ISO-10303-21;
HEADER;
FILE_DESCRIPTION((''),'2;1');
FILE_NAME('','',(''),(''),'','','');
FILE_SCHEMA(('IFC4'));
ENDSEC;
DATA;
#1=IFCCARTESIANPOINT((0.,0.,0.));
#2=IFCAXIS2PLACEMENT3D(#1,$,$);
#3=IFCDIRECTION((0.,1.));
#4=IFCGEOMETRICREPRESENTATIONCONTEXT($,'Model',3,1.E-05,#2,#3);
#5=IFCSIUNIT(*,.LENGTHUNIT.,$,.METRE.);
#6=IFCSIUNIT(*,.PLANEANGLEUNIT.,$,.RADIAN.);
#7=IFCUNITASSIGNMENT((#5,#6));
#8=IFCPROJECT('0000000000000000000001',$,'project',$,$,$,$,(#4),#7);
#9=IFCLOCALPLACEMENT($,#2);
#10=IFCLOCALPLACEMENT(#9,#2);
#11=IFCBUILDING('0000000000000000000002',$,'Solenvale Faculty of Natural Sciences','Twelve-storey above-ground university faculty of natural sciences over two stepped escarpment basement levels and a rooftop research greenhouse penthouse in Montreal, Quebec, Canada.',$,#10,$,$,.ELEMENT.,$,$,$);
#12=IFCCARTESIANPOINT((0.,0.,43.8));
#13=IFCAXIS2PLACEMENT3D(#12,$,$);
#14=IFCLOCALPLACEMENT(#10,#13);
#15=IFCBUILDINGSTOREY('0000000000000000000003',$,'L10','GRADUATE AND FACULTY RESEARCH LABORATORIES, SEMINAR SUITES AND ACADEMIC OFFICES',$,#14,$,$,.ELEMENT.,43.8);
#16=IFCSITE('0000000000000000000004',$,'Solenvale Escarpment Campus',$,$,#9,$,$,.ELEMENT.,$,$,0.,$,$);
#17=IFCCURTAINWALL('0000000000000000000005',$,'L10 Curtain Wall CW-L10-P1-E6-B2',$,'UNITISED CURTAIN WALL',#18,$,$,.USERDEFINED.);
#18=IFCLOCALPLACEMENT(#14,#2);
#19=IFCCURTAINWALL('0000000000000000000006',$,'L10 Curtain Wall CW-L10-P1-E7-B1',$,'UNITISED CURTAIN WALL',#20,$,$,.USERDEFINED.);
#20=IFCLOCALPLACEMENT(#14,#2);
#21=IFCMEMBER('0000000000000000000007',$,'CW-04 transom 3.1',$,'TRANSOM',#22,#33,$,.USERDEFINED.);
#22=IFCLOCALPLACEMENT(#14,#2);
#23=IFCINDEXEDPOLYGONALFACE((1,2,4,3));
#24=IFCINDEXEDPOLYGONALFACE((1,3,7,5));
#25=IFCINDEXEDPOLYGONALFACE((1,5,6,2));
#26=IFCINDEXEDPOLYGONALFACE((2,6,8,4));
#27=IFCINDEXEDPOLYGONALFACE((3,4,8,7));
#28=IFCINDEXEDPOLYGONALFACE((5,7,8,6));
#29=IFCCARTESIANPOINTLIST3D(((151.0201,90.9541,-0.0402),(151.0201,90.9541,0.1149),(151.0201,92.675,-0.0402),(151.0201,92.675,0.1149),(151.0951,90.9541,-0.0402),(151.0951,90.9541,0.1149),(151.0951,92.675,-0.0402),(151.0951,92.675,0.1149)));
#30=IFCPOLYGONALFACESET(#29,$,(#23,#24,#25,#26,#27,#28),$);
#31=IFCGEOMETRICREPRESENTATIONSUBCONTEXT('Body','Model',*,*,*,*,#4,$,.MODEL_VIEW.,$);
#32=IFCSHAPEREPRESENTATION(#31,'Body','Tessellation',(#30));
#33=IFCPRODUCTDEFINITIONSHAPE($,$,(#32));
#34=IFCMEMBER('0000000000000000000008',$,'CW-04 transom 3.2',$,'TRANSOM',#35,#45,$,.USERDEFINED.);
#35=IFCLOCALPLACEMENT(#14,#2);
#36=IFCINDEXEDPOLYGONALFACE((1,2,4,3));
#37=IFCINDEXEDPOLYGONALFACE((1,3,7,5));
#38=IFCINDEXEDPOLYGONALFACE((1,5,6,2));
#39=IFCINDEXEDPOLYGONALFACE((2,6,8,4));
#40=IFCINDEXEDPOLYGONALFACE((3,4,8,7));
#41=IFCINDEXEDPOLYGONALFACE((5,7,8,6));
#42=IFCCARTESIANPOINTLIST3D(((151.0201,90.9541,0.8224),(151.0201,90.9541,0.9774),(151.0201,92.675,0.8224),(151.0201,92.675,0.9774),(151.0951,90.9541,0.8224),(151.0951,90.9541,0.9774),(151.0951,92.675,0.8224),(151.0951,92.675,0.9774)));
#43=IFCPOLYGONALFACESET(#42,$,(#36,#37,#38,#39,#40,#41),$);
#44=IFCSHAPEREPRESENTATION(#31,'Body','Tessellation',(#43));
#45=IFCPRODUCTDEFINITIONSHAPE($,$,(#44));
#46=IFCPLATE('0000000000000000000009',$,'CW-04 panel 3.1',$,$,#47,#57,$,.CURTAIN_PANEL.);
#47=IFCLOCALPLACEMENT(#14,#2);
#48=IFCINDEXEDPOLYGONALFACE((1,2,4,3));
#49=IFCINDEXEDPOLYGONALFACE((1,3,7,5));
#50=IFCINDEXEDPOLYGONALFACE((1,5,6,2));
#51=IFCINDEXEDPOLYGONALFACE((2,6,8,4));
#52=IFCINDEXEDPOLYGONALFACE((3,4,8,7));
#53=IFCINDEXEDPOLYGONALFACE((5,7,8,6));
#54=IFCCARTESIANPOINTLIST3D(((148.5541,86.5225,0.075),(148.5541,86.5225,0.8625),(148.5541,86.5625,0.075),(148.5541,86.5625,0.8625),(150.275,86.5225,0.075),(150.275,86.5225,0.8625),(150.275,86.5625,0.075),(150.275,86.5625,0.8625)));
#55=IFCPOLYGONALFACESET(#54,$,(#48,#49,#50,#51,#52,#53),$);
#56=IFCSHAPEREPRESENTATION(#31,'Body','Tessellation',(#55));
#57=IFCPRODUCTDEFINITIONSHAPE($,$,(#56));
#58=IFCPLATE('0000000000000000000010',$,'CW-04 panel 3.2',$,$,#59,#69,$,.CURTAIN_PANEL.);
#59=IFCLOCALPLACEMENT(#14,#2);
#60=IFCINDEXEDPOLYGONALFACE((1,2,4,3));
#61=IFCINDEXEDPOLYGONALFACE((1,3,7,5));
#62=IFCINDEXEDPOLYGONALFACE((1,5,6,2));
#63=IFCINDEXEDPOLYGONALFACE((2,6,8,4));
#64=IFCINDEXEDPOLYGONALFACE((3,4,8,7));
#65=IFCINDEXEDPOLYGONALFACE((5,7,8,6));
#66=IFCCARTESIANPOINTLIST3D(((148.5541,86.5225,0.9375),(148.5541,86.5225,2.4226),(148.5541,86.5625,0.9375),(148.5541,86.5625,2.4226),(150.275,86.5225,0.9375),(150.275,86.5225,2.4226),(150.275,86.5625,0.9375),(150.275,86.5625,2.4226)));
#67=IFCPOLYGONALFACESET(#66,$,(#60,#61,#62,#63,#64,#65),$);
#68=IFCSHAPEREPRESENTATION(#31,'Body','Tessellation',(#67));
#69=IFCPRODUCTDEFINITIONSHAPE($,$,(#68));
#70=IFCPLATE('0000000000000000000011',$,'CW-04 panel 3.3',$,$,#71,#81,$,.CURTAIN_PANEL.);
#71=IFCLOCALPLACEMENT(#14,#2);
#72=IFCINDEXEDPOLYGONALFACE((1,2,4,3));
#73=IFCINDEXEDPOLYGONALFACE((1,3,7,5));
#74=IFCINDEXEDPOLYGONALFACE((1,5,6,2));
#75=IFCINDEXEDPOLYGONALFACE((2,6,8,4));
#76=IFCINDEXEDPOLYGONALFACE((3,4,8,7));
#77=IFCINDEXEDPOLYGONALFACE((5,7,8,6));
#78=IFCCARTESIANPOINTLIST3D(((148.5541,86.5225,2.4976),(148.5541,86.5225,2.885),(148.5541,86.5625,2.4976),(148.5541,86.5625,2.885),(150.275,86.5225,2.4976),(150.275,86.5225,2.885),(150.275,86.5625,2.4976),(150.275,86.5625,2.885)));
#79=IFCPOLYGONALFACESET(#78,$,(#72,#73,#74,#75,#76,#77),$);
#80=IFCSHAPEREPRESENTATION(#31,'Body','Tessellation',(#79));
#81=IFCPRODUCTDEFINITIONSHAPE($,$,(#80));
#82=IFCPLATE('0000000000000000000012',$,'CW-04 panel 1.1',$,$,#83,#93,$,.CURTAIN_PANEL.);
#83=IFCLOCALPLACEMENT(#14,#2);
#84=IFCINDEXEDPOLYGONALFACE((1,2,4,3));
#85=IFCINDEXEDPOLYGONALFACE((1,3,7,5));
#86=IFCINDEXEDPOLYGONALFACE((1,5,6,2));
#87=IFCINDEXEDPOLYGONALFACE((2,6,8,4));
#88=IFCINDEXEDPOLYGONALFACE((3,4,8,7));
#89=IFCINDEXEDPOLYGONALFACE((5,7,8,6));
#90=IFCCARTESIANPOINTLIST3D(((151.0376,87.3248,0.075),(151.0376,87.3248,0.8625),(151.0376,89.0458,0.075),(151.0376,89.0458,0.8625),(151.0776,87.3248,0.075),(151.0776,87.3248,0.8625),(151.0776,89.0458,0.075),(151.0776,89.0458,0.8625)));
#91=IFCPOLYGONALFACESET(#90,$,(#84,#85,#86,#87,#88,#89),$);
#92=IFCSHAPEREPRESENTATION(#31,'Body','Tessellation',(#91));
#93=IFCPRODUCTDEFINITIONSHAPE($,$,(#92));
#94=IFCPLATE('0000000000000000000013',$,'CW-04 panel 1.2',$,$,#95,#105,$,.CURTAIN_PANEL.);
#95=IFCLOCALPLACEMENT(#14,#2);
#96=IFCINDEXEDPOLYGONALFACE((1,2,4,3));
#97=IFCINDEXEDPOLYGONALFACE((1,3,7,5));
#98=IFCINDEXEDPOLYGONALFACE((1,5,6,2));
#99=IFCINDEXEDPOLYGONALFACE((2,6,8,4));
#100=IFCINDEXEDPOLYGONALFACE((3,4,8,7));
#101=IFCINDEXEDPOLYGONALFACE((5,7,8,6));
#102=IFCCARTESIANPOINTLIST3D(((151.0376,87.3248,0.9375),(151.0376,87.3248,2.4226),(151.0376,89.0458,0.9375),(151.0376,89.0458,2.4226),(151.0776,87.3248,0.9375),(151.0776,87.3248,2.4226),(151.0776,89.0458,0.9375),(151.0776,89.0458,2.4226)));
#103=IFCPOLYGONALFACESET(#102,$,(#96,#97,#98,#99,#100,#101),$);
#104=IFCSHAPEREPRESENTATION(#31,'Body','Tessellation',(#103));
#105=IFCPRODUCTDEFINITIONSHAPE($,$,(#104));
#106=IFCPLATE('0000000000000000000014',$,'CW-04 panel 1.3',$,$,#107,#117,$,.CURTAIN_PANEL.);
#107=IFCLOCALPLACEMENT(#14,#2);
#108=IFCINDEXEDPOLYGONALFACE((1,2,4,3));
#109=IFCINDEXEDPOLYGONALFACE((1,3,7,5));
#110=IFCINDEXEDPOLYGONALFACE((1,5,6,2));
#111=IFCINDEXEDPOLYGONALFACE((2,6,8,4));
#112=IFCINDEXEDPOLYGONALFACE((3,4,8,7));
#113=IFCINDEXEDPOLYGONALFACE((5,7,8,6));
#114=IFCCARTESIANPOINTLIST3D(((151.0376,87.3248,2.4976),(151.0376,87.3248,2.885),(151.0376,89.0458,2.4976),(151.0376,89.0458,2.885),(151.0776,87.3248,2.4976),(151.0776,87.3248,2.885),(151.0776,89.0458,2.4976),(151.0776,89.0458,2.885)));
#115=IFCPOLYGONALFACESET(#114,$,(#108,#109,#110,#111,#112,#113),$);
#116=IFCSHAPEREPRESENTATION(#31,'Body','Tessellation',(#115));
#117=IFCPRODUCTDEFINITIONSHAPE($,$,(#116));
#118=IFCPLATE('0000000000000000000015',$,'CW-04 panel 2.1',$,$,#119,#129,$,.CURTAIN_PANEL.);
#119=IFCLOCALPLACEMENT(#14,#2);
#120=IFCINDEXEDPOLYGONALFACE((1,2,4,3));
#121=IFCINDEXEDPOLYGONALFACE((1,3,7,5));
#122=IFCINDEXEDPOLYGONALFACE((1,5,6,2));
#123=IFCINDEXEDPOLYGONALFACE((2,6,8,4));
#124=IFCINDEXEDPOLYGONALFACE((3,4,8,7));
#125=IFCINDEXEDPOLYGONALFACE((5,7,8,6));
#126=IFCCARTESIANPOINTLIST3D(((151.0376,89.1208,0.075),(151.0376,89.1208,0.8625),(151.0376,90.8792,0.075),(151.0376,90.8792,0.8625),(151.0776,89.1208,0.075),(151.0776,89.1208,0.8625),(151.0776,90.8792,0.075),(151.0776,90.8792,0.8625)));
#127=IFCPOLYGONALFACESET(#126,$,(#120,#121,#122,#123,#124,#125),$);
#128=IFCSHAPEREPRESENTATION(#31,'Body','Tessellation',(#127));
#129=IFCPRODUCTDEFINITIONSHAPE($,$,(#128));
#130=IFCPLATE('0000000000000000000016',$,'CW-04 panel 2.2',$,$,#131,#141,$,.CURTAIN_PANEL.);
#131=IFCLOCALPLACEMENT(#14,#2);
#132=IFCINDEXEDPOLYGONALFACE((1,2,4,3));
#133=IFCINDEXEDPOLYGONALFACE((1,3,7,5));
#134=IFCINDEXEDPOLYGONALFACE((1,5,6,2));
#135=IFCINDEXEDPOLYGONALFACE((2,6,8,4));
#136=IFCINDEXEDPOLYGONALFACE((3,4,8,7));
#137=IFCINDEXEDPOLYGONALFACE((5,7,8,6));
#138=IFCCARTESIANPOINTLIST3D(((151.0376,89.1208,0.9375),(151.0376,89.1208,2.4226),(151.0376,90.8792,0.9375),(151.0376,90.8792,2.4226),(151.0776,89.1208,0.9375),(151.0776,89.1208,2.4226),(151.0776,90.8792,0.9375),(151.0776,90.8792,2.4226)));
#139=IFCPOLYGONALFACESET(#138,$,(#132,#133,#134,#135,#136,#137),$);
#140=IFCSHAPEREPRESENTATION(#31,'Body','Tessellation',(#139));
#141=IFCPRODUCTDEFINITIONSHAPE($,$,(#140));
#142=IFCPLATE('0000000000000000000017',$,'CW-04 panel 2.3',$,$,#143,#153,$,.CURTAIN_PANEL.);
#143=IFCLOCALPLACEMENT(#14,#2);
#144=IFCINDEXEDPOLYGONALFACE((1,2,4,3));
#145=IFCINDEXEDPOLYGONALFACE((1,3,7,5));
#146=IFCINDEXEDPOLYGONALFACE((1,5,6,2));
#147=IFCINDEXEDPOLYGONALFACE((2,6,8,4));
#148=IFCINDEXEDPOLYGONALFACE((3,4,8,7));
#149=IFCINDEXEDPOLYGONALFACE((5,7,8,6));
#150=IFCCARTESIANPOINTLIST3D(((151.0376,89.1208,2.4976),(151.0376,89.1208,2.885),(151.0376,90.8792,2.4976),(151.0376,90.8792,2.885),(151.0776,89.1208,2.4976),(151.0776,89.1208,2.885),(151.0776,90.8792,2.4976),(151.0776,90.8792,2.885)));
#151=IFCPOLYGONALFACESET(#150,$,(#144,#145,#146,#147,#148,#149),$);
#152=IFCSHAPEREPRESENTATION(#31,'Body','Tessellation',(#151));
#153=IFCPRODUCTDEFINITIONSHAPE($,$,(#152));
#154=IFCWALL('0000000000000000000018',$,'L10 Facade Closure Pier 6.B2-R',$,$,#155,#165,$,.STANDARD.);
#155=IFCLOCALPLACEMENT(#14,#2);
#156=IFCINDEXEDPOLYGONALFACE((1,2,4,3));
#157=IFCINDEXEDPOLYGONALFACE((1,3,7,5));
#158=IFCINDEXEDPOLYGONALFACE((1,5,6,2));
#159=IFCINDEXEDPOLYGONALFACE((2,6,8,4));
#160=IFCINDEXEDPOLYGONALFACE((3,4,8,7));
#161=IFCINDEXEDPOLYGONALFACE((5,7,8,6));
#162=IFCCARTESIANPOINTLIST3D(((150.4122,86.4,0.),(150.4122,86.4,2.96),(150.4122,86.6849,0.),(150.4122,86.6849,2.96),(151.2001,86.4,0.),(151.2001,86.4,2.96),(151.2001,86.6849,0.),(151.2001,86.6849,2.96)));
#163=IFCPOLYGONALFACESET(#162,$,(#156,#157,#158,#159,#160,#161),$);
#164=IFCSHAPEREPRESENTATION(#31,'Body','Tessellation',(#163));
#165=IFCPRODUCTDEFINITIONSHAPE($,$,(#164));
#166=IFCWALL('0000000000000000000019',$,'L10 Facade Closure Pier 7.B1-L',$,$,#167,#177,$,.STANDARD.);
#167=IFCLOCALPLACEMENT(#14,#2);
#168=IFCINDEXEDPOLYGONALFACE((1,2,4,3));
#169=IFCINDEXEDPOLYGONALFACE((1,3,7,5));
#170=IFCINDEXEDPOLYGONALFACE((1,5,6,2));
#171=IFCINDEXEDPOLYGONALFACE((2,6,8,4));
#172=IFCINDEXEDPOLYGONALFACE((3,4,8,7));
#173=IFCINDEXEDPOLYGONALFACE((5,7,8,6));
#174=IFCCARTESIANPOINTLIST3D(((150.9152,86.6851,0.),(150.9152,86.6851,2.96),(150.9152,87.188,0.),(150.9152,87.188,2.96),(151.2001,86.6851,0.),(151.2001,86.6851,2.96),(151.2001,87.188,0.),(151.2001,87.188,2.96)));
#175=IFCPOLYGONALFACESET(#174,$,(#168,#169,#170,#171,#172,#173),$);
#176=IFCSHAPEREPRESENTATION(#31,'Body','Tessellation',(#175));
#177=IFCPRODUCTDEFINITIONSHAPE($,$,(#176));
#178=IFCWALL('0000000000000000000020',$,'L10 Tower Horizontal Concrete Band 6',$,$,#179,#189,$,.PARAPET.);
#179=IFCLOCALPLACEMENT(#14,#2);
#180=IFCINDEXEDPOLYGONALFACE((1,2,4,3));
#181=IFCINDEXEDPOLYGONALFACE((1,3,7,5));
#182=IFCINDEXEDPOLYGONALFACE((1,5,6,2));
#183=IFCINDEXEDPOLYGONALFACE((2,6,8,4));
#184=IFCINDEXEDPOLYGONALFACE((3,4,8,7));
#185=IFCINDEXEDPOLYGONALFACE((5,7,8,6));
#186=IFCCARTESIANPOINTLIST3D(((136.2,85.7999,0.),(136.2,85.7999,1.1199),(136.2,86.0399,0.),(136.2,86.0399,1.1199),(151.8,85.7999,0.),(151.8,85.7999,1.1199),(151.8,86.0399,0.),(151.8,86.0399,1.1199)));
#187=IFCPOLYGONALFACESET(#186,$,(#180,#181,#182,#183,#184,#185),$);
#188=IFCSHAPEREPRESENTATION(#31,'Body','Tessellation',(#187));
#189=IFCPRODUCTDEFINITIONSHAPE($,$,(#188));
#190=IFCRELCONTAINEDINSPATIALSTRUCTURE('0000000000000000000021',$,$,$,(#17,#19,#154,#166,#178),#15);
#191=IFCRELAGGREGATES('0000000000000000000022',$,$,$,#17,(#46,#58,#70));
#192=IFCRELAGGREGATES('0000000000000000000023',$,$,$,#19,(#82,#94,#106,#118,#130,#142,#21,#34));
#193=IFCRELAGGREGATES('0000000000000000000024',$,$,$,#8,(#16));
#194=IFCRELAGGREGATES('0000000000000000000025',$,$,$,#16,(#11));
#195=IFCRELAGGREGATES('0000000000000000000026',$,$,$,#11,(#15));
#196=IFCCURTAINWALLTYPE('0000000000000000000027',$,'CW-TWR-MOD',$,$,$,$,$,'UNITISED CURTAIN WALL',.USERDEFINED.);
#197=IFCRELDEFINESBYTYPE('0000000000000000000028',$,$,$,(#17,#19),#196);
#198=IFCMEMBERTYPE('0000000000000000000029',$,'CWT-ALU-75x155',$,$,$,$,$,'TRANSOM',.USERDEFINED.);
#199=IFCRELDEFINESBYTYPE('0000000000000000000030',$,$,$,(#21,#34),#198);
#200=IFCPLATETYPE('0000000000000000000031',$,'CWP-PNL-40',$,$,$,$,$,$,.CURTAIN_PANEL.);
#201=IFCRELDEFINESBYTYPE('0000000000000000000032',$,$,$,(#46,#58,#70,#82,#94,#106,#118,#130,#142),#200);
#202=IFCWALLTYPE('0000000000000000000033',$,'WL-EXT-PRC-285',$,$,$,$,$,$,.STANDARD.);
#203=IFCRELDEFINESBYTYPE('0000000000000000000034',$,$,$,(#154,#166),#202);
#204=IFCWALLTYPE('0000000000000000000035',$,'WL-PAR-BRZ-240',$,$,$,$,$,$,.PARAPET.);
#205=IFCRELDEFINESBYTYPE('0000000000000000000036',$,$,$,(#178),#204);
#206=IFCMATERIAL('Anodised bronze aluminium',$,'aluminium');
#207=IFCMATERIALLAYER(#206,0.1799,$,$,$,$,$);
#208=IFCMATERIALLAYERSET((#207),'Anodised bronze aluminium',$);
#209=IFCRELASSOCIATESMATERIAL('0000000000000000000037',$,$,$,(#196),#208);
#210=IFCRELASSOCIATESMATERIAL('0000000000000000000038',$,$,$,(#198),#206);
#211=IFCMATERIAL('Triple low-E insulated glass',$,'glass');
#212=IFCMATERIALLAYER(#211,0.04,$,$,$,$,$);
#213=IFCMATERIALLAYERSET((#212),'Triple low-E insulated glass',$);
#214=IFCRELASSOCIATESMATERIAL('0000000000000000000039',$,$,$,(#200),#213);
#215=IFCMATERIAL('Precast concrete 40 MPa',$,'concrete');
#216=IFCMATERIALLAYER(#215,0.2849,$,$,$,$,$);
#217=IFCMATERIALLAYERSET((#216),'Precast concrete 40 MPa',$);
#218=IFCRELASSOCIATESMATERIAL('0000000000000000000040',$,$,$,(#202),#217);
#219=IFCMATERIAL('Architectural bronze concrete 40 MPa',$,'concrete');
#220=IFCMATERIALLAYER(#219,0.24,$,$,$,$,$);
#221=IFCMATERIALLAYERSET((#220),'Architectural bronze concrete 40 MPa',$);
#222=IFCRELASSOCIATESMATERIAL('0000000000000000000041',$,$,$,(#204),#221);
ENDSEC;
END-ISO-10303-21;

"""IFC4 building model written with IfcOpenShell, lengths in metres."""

from ifc_helpers import new_model, si_unit, direction, frame, frame_2d, origin, origin_2d, place, context, subcontext, project, spatial, rectangle, extrude, material, layer, layer_set, material_profile, profile_set, type_object, element, aggregate, save


model = new_model("IFC4")

# Units and contexts
model_context = context("Model", 3, precision=1e-05, world=origin(), true_north=direction((0.0, 1.0)))
body_context = subcontext(model_context, "Body", "Model", "MODEL_VIEW")
ifc_project = project(units=[si_unit("LENGTHUNIT", "METRE"), si_unit("PLANEANGLEUNIT", "RADIAN")], contexts=[model_context])

# Site, building, storey
site_placement = place(None, origin())
site = spatial("IfcSite", under=ifc_project, at=site_placement, Name="Solenvale Escarpment Campus", CompositionType="ELEMENT", RefElevation=0.0)
building_placement = place(site_placement, origin())
building = spatial("IfcBuilding", under=site, at=building_placement, Name="Solenvale Faculty of Natural Sciences", Description="Twelve-storey above-ground university faculty of natural sciences over two stepped escarpment basement levels and a rooftop research greenhouse penthouse in Montreal, Quebec, Canada.", CompositionType="ELEMENT")
storey_placement = place(building_placement, frame((0.0, 0.0, 43.8)))
storey = spatial("IfcBuildingStorey", under=building, at=storey_placement, Name="L10", Description="GRADUATE AND FACULTY RESEARCH LABORATORIES, SEMINAR SUITES AND ACADEMIC OFFICES", CompositionType="ELEMENT", Elevation=43.8)

# Curtain wall
ifc_material_1 = material(Name="Anodised bronze aluminium", Category="aluminium")
ifc_layer_1 = layer(ifc_material_1, 0.1799)
ifc_layer_set_1 = layer_set([ifc_layer_1], Name="Anodised bronze aluminium")
curtain_wall_type = type_object("IfcCurtainWallType", Name="CW-TWR-MOD", ElementType="UNITISED CURTAIN WALL", PredefinedType="USERDEFINED", material=ifc_layer_set_1)
curtain_wall_1_placement = place(storey_placement, origin())
curtain_wall_1 = element("IfcCurtainWall", 1, at=curtain_wall_1_placement, inside=storey, type_object=curtain_wall_type, Name="L10 Curtain Wall CW-L10-P1-E6-B2", ObjectType="UNITISED CURTAIN WALL", PredefinedType="USERDEFINED")

# Curtain wall, members
curtain_wall_2_placement = place(storey_placement, origin())
curtain_wall_2 = element("IfcCurtainWall", 2, at=curtain_wall_2_placement, inside=storey, type_object=curtain_wall_type, Name="L10 Curtain Wall CW-L10-P1-E7-B1", ObjectType="UNITISED CURTAIN WALL", PredefinedType="USERDEFINED")
ifc_material_profile_1 = material_profile(ifc_material_1, rectangle(XDim=0.075, YDim=0.155, at=origin_2d()), Name="ALU-TRN-75x155")
ifc_profile_set_1 = profile_set([ifc_material_profile_1], Name="Anodised bronze aluminium")
member_type_1 = type_object("IfcMemberType", Name="CWT-ALU-75x155", ElementType="TRANSOM", PredefinedType="USERDEFINED", material=ifc_profile_set_1)
member_1_placement = place(storey_placement, frame((151.0576, 90.9541, 0.0374), z_axis=(0.0, 1.0, 0.0), x_axis=(-1.0, 0.0, 0.0)))
member_1 = element("IfcMember", 3, at=member_1_placement, type_object=member_type_1, Name="CW-04 transom 3.1", ObjectType="TRANSOM", PredefinedType="USERDEFINED", context=body_context, shape_type="SweptSolid", body=[
    extrude(rectangle(XDim=0.075, YDim=0.155, at=origin_2d()), origin(), (0.0, 0.0, 1.0), 1.7209),
])
member_2_placement = place(storey_placement, frame((151.0576, 90.9541, 0.8999), z_axis=(0.0, 1.0, 0.0), x_axis=(-1.0, 0.0, 0.0)))
member_2 = element("IfcMember", 4, at=member_2_placement, type_object=member_type_1, Name="CW-04 transom 3.2", ObjectType="TRANSOM", PredefinedType="USERDEFINED", context=body_context, shape_type="SweptSolid", body=[
    extrude(rectangle(XDim=0.075, YDim=0.155, at=origin_2d()), origin(), (0.0, 0.0, 1.0), 1.7209),
])

# Plates
ifc_material_2 = material(Name="Triple low-E insulated glass", Category="glass")
ifc_layer_2 = layer(ifc_material_2, 0.04)
ifc_layer_set_2 = layer_set([ifc_layer_2], Name="Triple low-E insulated glass")
plate_type = type_object("IfcPlateType", Name="CWP-PNL-40", PredefinedType="CURTAIN_PANEL", material=ifc_layer_set_2)
plate_1_placement = place(storey_placement, frame((149.4146, 86.5425, 0.075), z_axis=(0.0, 0.0, 1.0), x_axis=(1.0, 0.0, 0.0)))
plate_1 = element("IfcPlate", 5, at=plate_1_placement, type_object=plate_type, Name="CW-04 panel 3.1", PredefinedType="CURTAIN_PANEL", context=body_context, shape_type="SweptSolid", body=[
    extrude(rectangle(XDim=1.7209, YDim=0.04, at=origin_2d()), origin(), (0.0, 0.0, 1.0), 0.7876),
])
plate_2_placement = place(storey_placement, frame((149.4146, 86.5425, 0.9375), z_axis=(0.0, 0.0, 1.0), x_axis=(1.0, 0.0, 0.0)))
plate_2 = element("IfcPlate", 6, at=plate_2_placement, type_object=plate_type, Name="CW-04 panel 3.2", PredefinedType="CURTAIN_PANEL", context=body_context, shape_type="SweptSolid", body=[
    extrude(rectangle(XDim=1.7209, YDim=0.04, at=origin_2d()), origin(), (0.0, 0.0, 1.0), 1.4851),
])
plate_3_placement = place(storey_placement, frame((149.4146, 86.5425, 2.4976), z_axis=(0.0, 0.0, 1.0), x_axis=(1.0, 0.0, 0.0)))
plate_3 = element("IfcPlate", 7, at=plate_3_placement, type_object=plate_type, Name="CW-04 panel 3.3", PredefinedType="CURTAIN_PANEL", context=body_context, shape_type="SweptSolid", body=[
    extrude(rectangle(XDim=1.7209, YDim=0.04, at=origin_2d()), origin(), (0.0, 0.0, 1.0), 0.3875),
])
aggregate(curtain_wall_1, [plate_1, plate_2, plate_3])
plate_4_placement = place(storey_placement, frame((151.0576, 88.1853, 0.075), z_axis=(0.0, 0.0, 1.0), x_axis=(0.0, 1.0, 0.0)))
plate_4 = element("IfcPlate", 8, at=plate_4_placement, type_object=plate_type, Name="CW-04 panel 1.1", PredefinedType="CURTAIN_PANEL", context=body_context, shape_type="SweptSolid", body=[
    extrude(rectangle(XDim=1.7209, YDim=0.04, at=origin_2d()), origin(), (0.0, 0.0, 1.0), 0.7876),
])
plate_5_placement = place(storey_placement, frame((151.0576, 88.1853, 0.9375), z_axis=(0.0, 0.0, 1.0), x_axis=(0.0, 1.0, 0.0)))
plate_5 = element("IfcPlate", 9, at=plate_5_placement, type_object=plate_type, Name="CW-04 panel 1.2", PredefinedType="CURTAIN_PANEL", context=body_context, shape_type="SweptSolid", body=[
    extrude(rectangle(XDim=1.7209, YDim=0.04, at=origin_2d()), origin(), (0.0, 0.0, 1.0), 1.4851),
])
plate_6_placement = place(storey_placement, frame((151.0576, 88.1853, 2.4976), z_axis=(0.0, 0.0, 1.0), x_axis=(0.0, 1.0, 0.0)))
plate_6 = element("IfcPlate", 10, at=plate_6_placement, type_object=plate_type, Name="CW-04 panel 1.3", PredefinedType="CURTAIN_PANEL", context=body_context, shape_type="SweptSolid", body=[
    extrude(rectangle(XDim=1.7209, YDim=0.04, at=origin_2d()), origin(), (0.0, 0.0, 1.0), 0.3875),
])
plate_7_placement = place(storey_placement, frame((151.0576, 90.0, 0.075), z_axis=(0.0, 0.0, 1.0), x_axis=(0.0, 1.0, 0.0)))
plate_7 = element("IfcPlate", 11, at=plate_7_placement, type_object=plate_type, Name="CW-04 panel 2.1", PredefinedType="CURTAIN_PANEL", context=body_context, shape_type="SweptSolid", body=[
    extrude(rectangle(XDim=1.7583, YDim=0.04, at=origin_2d()), origin(), (0.0, 0.0, 1.0), 0.7876),
])
plate_8_placement = place(storey_placement, frame((151.0576, 90.0, 0.9375), z_axis=(0.0, 0.0, 1.0), x_axis=(0.0, 1.0, 0.0)))
plate_8 = element("IfcPlate", 12, at=plate_8_placement, type_object=plate_type, Name="CW-04 panel 2.2", PredefinedType="CURTAIN_PANEL", context=body_context, shape_type="SweptSolid", body=[
    extrude(rectangle(XDim=1.7583, YDim=0.04, at=origin_2d()), origin(), (0.0, 0.0, 1.0), 1.4851),
])
plate_9_placement = place(storey_placement, frame((151.0576, 90.0, 2.4976), z_axis=(0.0, 0.0, 1.0), x_axis=(0.0, 1.0, 0.0)))
plate_9 = element("IfcPlate", 13, at=plate_9_placement, type_object=plate_type, Name="CW-04 panel 2.3", PredefinedType="CURTAIN_PANEL", context=body_context, shape_type="SweptSolid", body=[
    extrude(rectangle(XDim=1.7583, YDim=0.04, at=origin_2d()), origin(), (0.0, 0.0, 1.0), 0.3875),
])
aggregate(curtain_wall_2, [plate_4, plate_5, plate_6, plate_7, plate_8, plate_9, member_1, member_2])

# Walls
ifc_material_3 = material(Name="Precast concrete 40 MPa", Category="concrete")
ifc_layer_3 = layer(ifc_material_3, 0.2849)
ifc_layer_set_3 = layer_set([ifc_layer_3], Name="Precast concrete 40 MPa")
wall_type_1 = type_object("IfcWallType", Name="WL-EXT-PRC-285", PredefinedType="STANDARD", material=ifc_layer_set_3)
wall_1_placement = place(storey_placement, frame((150.4121, 86.5425, 0.0), z_axis=(0.0, 0.0, 1.0), x_axis=(1.0, 0.0, 0.0)))
element("IfcWall", 14, at=wall_1_placement, inside=storey, type_object=wall_type_1, Name="L10 Facade Closure Pier 6.B2-R", PredefinedType="STANDARD", context=body_context, shape_type="SweptSolid", body=[
    extrude(rectangle(XDim=0.7878, YDim=0.2849, at=frame_2d((0.394, 0.0))), origin(), (0.0, 0.0, 1.0), 2.96),
])
wall_2_placement = place(storey_placement, frame((151.0576, 86.6851, 0.0), z_axis=(0.0, 0.0, 1.0), x_axis=(0.0, 1.0, 0.0)))
element("IfcWall", 15, at=wall_2_placement, inside=storey, type_object=wall_type_1, Name="L10 Facade Closure Pier 7.B1-L", PredefinedType="STANDARD", context=body_context, shape_type="SweptSolid", body=[
    extrude(rectangle(XDim=0.5029, YDim=0.2849, at=frame_2d((0.2515, 0.0))), origin(), (0.0, 0.0, 1.0), 2.96),
])
ifc_material_4 = material(Name="Architectural bronze concrete 40 MPa", Category="concrete")
ifc_layer_4 = layer(ifc_material_4, 0.24)
ifc_layer_set_4 = layer_set([ifc_layer_4], Name="Architectural bronze concrete 40 MPa")
wall_type_2 = type_object("IfcWallType", Name="WL-PAR-BRZ-240", PredefinedType="PARAPET", material=ifc_layer_set_4)
wall_3_placement = place(storey_placement, frame((151.8, 85.9199, 0.0), z_axis=(0.0, 0.0, 1.0), x_axis=(-1.0, 0.0, 0.0)))
element("IfcWall", 16, at=wall_3_placement, inside=storey, type_object=wall_type_2, Name="L10 Tower Horizontal Concrete Band 6", PredefinedType="PARAPET", context=body_context, shape_type="SweptSolid", body=[
    extrude(rectangle(XDim=15.6001, YDim=0.24, at=frame_2d((7.8, 0.0))), origin(), (0.0, 0.0, 1.0), 1.1199),
])

save(model, "model.ifc")
